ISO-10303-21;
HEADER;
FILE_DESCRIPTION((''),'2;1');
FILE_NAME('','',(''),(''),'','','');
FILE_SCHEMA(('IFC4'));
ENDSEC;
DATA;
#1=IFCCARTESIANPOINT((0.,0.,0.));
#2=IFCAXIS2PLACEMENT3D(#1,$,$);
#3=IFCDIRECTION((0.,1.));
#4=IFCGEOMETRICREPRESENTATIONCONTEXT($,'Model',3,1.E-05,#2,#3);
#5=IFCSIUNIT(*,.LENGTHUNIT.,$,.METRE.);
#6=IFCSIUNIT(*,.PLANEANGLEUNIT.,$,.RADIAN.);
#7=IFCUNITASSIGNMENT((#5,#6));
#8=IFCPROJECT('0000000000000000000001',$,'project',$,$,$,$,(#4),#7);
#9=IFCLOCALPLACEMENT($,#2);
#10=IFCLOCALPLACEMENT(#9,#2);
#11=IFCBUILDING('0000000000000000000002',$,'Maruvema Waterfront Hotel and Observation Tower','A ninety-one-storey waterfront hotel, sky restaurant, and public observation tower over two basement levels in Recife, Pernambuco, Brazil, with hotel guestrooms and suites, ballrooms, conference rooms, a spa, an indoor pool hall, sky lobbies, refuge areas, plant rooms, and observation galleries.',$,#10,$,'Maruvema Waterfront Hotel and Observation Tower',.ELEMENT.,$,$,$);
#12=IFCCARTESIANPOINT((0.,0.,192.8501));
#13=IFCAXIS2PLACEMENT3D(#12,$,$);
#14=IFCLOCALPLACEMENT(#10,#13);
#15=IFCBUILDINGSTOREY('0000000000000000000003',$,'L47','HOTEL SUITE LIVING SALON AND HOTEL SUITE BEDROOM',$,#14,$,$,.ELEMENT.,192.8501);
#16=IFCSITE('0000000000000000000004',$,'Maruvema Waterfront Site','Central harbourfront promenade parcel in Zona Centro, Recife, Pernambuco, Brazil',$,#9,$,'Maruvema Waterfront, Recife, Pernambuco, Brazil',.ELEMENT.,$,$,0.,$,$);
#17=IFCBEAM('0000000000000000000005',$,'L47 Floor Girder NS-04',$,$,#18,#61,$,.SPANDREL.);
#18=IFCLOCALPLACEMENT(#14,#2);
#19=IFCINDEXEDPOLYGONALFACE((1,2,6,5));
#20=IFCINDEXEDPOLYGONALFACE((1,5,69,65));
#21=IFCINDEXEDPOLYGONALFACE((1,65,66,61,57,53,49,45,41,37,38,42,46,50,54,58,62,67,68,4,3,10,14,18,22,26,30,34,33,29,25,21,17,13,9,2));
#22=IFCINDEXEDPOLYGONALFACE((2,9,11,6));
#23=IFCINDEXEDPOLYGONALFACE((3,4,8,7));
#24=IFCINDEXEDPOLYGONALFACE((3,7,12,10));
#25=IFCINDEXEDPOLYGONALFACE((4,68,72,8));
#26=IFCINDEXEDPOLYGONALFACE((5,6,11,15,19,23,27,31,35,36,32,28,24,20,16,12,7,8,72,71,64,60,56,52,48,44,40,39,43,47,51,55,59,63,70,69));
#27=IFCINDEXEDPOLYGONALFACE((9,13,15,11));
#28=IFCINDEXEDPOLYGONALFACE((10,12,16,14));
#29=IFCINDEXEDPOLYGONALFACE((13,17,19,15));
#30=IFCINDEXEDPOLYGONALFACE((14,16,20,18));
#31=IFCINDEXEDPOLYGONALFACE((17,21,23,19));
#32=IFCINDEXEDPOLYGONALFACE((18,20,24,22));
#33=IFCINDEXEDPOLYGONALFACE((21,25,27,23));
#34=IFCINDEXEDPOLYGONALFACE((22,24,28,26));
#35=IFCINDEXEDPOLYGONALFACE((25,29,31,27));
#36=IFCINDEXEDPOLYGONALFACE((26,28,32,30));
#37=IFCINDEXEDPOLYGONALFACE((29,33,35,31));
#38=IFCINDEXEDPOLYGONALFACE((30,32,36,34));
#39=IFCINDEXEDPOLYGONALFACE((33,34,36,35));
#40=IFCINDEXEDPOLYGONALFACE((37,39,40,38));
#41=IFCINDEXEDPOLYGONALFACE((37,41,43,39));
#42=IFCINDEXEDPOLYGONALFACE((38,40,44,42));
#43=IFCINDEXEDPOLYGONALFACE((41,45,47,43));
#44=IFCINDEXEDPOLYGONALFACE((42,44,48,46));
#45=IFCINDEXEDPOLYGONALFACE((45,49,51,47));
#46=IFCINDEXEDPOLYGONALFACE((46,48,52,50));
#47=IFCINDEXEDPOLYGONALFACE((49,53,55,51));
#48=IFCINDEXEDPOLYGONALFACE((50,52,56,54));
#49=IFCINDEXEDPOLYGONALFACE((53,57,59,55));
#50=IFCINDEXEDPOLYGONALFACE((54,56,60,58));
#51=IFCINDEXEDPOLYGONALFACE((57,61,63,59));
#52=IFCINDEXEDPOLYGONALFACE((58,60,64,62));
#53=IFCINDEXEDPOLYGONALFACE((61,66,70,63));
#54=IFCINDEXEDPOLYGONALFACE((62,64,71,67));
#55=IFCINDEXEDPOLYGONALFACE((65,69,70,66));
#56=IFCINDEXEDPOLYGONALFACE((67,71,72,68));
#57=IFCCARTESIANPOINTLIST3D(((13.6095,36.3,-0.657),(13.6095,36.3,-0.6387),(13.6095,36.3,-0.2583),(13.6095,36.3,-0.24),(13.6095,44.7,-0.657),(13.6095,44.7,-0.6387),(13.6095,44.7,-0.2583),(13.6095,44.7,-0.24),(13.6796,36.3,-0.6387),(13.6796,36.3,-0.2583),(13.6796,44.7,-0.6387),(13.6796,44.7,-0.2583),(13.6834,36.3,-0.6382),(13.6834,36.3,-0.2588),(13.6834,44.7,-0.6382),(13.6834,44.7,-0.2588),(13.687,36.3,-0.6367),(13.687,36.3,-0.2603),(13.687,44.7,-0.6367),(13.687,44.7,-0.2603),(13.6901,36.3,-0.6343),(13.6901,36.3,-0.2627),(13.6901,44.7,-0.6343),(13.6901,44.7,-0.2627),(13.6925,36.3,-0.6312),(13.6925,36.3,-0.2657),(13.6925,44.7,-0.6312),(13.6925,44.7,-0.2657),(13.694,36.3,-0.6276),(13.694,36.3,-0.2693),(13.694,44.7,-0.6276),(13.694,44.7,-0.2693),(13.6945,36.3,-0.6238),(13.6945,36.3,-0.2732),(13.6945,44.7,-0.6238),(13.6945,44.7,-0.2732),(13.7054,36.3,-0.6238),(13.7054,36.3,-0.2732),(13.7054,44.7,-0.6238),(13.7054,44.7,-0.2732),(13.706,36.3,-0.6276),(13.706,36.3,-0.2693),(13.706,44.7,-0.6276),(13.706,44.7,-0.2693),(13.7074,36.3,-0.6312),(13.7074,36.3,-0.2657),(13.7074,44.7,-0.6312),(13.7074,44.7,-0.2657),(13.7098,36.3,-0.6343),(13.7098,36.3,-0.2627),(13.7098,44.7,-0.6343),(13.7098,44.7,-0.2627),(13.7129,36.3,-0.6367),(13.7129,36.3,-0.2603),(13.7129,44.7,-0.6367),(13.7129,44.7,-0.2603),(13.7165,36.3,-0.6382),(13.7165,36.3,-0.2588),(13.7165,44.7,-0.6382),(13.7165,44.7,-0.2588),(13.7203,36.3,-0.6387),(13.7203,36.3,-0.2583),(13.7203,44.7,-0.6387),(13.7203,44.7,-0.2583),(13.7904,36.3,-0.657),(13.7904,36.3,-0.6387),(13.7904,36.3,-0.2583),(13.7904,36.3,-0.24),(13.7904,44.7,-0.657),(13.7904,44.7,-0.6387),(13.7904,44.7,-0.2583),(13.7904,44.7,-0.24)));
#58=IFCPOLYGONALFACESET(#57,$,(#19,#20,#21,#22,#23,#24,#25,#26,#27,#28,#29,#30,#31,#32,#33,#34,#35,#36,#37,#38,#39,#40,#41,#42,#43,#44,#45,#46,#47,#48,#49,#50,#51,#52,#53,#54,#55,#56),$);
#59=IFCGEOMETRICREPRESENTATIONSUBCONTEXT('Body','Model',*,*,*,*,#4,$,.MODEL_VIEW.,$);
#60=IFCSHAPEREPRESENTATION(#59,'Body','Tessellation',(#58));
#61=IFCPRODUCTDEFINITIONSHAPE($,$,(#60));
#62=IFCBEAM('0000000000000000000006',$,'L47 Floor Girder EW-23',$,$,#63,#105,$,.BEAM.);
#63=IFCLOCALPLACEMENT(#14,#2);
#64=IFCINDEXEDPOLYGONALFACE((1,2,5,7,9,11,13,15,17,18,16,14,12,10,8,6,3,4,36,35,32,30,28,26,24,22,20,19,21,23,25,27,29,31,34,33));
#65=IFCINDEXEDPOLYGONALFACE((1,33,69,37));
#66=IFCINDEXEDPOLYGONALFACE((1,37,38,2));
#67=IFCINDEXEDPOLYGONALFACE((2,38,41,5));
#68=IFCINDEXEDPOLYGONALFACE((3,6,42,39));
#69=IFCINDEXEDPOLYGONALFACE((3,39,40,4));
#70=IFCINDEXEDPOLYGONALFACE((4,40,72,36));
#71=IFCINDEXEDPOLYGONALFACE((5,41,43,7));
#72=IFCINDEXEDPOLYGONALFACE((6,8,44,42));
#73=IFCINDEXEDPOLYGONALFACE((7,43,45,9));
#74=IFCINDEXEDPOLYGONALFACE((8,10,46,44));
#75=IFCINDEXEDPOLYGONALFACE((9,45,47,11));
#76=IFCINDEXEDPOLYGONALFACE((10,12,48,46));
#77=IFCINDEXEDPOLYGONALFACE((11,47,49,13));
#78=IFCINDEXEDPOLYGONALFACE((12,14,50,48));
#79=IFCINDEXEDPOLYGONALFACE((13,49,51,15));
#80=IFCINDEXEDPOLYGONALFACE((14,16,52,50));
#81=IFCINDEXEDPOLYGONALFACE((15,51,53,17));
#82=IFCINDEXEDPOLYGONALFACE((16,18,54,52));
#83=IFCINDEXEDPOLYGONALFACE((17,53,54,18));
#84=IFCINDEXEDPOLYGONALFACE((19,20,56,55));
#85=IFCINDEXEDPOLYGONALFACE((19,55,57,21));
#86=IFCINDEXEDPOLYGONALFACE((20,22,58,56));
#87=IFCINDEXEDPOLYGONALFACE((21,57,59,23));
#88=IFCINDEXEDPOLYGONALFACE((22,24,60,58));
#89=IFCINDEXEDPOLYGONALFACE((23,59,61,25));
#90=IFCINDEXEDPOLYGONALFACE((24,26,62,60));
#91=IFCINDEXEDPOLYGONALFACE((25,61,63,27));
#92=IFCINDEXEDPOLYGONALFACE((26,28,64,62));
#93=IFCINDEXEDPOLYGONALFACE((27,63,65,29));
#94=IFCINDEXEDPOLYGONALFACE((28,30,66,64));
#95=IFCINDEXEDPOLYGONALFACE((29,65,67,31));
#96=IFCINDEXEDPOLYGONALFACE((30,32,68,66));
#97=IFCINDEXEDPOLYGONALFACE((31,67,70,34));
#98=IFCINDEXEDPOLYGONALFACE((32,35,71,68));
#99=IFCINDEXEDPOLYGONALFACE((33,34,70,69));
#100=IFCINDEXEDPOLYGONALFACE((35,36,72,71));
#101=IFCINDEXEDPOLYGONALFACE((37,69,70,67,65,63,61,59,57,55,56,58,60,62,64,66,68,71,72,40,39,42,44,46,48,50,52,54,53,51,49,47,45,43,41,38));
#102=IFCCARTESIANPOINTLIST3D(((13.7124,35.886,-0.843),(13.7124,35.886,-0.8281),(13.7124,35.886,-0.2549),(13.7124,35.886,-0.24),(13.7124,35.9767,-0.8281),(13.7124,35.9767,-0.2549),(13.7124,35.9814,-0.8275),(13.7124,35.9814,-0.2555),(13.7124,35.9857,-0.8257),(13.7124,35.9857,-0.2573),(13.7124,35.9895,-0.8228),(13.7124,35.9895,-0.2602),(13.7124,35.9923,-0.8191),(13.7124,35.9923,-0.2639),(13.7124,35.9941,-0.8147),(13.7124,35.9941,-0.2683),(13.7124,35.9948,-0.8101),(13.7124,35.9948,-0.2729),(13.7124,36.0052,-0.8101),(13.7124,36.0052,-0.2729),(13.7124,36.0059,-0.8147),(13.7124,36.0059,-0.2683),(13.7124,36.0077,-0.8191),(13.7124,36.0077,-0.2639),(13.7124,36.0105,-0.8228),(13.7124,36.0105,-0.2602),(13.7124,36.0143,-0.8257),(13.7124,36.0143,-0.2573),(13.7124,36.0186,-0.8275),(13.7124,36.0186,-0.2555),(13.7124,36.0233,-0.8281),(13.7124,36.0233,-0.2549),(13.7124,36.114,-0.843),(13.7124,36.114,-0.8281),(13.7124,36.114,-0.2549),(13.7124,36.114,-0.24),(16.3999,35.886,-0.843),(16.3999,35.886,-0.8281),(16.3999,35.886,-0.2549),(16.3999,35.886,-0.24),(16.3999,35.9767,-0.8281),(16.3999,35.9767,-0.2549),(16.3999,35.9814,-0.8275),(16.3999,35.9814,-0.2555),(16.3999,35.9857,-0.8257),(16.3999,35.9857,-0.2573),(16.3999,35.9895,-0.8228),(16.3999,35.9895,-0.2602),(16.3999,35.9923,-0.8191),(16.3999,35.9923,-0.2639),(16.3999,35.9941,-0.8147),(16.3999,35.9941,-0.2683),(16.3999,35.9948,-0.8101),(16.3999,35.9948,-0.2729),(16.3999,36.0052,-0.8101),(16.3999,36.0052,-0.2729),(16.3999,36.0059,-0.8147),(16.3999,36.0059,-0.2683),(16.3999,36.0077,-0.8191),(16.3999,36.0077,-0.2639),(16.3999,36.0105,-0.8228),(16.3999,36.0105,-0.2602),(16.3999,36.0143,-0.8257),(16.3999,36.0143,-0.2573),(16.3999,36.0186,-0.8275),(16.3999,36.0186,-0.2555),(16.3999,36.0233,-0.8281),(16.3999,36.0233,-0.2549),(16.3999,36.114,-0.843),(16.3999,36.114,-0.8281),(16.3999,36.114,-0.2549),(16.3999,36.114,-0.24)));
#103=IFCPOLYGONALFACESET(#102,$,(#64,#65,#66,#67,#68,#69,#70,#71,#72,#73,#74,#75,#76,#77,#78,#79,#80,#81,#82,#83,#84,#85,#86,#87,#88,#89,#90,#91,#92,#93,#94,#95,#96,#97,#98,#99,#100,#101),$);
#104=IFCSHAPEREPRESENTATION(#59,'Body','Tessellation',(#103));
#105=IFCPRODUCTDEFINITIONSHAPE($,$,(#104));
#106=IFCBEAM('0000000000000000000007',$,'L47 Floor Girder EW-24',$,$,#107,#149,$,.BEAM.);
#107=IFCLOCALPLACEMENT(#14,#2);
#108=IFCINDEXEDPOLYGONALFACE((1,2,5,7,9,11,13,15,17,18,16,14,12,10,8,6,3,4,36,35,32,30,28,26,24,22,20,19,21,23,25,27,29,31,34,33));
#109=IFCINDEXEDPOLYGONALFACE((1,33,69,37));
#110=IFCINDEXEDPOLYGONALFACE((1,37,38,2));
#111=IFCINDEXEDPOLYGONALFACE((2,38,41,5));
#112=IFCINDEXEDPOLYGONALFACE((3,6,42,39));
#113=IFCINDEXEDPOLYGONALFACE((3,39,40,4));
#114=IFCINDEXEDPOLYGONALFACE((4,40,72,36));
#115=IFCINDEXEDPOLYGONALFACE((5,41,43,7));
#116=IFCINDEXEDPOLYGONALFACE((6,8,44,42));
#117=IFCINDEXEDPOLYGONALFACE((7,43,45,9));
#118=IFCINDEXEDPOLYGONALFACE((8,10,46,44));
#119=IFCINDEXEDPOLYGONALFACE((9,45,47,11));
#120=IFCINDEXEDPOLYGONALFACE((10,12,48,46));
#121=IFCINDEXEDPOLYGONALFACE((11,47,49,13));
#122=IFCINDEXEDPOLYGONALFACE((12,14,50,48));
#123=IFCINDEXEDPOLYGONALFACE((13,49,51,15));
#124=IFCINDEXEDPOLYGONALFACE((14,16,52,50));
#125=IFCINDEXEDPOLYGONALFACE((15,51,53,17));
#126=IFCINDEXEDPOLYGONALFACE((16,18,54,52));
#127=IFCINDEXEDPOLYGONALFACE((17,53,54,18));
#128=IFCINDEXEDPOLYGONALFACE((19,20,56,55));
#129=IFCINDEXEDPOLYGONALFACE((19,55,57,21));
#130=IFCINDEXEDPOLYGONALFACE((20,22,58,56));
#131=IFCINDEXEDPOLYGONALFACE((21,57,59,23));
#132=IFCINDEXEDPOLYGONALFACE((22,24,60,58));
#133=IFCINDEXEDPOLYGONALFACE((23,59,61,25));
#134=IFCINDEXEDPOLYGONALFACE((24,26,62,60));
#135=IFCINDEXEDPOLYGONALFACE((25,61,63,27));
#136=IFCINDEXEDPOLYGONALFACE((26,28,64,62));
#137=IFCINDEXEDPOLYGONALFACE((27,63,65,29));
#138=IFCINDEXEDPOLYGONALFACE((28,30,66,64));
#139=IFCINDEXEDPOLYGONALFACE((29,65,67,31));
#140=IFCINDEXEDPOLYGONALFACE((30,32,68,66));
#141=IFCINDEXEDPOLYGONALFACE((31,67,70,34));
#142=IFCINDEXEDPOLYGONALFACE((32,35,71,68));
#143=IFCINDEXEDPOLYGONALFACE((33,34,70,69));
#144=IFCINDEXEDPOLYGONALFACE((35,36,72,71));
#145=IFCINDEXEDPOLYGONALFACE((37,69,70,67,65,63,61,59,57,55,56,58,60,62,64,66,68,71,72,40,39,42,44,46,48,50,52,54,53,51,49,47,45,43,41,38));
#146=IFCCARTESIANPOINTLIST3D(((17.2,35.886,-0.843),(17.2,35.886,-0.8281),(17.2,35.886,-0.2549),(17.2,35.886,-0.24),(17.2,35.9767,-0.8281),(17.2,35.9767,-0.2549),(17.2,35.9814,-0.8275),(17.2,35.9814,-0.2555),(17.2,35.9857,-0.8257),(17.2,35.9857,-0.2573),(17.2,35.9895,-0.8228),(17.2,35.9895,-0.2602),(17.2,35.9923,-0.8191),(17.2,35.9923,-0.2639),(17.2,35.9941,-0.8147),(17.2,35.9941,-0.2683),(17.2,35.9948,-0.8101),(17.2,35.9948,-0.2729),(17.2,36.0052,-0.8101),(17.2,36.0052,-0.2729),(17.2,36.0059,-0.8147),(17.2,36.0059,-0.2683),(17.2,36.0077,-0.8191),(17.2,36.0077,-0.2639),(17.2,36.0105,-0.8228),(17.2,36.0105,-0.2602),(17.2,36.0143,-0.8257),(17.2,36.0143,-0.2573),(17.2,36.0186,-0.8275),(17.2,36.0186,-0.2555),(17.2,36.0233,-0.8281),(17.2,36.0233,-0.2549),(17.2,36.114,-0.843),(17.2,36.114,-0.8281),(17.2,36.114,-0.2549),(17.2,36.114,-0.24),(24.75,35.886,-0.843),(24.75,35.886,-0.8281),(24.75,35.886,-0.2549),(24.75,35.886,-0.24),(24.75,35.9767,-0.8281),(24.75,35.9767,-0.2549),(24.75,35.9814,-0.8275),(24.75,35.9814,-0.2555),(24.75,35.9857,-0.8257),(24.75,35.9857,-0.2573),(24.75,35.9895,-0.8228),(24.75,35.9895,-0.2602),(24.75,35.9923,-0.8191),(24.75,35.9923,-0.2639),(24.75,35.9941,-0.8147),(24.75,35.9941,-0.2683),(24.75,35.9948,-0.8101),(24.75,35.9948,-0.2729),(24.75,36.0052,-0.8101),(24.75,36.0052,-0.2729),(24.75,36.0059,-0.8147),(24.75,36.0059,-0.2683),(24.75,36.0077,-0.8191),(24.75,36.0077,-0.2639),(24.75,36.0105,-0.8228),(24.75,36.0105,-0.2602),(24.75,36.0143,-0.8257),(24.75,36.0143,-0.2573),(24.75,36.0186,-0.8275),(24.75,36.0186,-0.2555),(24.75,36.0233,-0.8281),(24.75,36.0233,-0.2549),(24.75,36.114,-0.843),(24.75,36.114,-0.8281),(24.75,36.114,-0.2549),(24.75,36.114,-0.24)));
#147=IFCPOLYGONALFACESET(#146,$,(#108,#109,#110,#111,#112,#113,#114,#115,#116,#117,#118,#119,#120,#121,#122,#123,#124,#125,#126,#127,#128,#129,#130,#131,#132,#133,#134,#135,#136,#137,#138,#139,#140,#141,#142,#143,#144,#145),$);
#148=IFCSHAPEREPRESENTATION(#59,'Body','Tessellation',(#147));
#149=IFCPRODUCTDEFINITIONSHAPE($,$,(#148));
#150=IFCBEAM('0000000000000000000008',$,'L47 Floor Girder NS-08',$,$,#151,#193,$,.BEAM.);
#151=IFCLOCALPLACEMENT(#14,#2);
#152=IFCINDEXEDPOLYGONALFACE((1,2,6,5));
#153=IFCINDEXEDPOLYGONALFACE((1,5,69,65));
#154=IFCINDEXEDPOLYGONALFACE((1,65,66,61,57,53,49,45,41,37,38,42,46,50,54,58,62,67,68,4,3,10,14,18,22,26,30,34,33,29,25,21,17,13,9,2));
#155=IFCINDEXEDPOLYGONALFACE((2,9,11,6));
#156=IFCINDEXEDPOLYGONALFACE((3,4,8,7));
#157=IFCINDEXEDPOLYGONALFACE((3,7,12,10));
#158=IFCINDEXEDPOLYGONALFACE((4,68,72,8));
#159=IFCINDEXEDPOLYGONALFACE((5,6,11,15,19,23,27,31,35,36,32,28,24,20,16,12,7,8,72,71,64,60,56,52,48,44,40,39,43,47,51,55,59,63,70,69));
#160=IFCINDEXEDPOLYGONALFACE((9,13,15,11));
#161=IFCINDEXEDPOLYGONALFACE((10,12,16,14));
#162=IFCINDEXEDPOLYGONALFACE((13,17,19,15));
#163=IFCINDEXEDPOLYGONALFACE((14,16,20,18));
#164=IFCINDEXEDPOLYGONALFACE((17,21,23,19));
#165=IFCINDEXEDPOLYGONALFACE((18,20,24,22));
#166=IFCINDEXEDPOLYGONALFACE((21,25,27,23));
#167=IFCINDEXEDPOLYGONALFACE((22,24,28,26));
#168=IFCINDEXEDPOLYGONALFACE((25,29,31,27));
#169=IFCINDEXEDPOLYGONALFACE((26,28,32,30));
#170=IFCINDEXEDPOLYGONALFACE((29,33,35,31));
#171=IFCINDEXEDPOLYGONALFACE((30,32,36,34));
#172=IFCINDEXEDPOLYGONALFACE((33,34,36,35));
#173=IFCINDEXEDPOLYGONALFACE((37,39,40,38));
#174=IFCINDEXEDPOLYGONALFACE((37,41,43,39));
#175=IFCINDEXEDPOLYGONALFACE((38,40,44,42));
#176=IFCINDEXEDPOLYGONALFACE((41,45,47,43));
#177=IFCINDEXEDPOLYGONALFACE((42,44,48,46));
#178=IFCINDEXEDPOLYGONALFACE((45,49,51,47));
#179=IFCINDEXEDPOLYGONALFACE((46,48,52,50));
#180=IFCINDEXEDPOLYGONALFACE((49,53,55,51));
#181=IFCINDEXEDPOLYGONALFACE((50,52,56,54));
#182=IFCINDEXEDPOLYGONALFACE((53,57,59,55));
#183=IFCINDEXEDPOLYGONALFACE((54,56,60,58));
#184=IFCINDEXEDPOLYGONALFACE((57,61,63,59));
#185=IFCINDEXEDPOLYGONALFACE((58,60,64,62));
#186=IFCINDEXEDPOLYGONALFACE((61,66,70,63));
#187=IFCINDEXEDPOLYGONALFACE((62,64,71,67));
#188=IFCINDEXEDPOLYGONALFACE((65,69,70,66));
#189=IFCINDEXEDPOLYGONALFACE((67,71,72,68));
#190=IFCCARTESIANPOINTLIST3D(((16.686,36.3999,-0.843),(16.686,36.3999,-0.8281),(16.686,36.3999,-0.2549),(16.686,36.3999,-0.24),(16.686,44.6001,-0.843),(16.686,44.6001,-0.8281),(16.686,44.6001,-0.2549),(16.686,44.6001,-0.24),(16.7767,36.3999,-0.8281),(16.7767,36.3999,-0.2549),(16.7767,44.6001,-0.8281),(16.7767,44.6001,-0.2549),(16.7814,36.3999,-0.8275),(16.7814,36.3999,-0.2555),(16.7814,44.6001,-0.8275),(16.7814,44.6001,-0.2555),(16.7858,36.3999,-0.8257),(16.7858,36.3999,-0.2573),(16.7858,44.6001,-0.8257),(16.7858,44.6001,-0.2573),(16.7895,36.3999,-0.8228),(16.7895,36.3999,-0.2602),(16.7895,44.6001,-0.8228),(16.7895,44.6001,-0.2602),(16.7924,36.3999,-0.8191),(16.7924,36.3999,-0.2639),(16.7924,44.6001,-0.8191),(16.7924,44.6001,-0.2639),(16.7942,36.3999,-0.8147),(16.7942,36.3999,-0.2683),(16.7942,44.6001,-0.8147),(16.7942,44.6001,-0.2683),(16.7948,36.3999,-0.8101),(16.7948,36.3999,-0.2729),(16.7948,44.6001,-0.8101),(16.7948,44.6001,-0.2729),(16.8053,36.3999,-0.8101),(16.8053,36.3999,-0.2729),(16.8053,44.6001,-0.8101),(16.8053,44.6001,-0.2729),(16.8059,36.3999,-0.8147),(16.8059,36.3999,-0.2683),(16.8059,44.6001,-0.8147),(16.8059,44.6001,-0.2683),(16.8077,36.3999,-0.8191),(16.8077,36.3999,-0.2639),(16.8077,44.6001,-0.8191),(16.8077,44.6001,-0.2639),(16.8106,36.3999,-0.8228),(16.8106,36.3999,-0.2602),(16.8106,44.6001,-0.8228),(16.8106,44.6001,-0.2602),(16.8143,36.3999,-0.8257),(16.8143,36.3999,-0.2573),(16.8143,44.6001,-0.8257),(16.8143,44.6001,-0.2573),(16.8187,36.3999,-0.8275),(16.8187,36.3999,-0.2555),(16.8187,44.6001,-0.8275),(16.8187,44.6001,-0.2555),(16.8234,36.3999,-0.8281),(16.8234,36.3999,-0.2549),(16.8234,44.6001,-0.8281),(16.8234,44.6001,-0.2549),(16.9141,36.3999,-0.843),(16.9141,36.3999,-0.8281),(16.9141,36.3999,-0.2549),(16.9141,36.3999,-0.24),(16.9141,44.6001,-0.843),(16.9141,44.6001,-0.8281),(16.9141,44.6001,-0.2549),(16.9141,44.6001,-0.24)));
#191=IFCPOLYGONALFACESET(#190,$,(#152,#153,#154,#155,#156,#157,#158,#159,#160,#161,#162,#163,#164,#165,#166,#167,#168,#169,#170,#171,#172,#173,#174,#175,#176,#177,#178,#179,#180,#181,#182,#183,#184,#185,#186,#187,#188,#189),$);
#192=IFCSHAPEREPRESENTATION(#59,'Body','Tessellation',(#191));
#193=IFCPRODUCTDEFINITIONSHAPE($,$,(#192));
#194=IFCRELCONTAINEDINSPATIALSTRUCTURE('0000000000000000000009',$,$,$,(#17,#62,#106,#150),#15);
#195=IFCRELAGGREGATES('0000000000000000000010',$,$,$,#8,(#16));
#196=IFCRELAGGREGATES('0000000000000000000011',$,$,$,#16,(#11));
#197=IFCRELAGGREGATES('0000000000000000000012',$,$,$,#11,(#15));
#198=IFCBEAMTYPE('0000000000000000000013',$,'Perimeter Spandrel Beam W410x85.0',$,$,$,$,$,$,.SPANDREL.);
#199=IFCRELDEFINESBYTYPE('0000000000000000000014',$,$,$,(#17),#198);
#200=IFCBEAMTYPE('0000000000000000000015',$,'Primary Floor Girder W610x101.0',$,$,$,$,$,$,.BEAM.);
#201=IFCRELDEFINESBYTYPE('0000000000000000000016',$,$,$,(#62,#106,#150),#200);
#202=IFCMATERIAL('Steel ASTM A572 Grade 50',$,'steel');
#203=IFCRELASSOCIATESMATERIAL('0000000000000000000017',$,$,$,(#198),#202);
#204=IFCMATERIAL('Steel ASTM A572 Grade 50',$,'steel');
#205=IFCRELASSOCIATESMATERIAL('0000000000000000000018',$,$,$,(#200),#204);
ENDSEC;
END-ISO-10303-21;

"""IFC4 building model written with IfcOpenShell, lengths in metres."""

from ifc_helpers import new_model, si_unit, direction, frame, origin, origin_2d, place, context, subcontext, project, spatial, i_section, extrude, material, material_profile, profile_set, type_object, element, save


model = new_model("IFC4")

# Units and contexts
model_context = context("Model", 3, precision=1e-05, world=origin(), true_north=direction((0.0, 1.0)))
body_context = subcontext(model_context, "Body", "Model", "MODEL_VIEW")
ifc_project = project(units=[si_unit("LENGTHUNIT", "METRE"), si_unit("PLANEANGLEUNIT", "RADIAN")], contexts=[model_context])

# Site, building, storey
site_placement = place(None, origin())
site = spatial("IfcSite", under=ifc_project, at=site_placement, Name="Maruvema Waterfront Site", Description="Central harbourfront promenade parcel in Zona Centro, Recife, Pernambuco, Brazil", LongName="Maruvema Waterfront, Recife, Pernambuco, Brazil", CompositionType="ELEMENT", RefElevation=0.0)
building_placement = place(site_placement, origin())
building = spatial("IfcBuilding", under=site, at=building_placement, Name="Maruvema Waterfront Hotel and Observation Tower", Description="A ninety-one-storey waterfront hotel, sky restaurant, and public observation tower over two basement levels in Recife, Pernambuco, Brazil, with hotel guestrooms and suites, ballrooms, conference rooms, a spa, an indoor pool hall, sky lobbies, refuge areas, plant rooms, and observation galleries.", LongName="Maruvema Waterfront Hotel and Observation Tower", CompositionType="ELEMENT")
storey_placement = place(building_placement, frame((0.0, 0.0, 192.8501)))
storey = spatial("IfcBuildingStorey", under=building, at=storey_placement, Name="L47", Description="HOTEL SUITE LIVING SALON AND HOTEL SUITE BEDROOM", CompositionType="ELEMENT", Elevation=192.8501)

# Beams
ifc_material_1 = material(Name="Steel ASTM A572 Grade 50", Category="steel")
ifc_material_profile_1 = material_profile(ifc_material_1, i_section(OverallWidth=0.1809, OverallDepth=0.417, WebThickness=0.011, FlangeThickness=0.0183, FilletRadius=0.0149, at=origin_2d()), Name="W410x85.0")
ifc_profile_set_1 = profile_set([ifc_material_profile_1], Name="Steel ASTM A572 Grade 50")
beam_type_1 = type_object("IfcBeamType", Name="Perimeter Spandrel Beam W410x85.0", PredefinedType="SPANDREL", material=ifc_profile_set_1)
beam_1_placement = place(storey_placement, frame((13.7, 36.3, -0.4485), z_axis=(0.0, 1.0, 0.0), x_axis=(-1.0, 0.0, 0.0)))
element("IfcBeam", 1, at=beam_1_placement, inside=storey, type_object=beam_type_1, Name="L47 Floor Girder NS-04", PredefinedType="SPANDREL", context=body_context, shape_type="SweptSolid", body=[
    extrude(i_section(OverallWidth=0.1809, OverallDepth=0.417, WebThickness=0.011, FlangeThickness=0.0183, FilletRadius=0.0149, at=origin_2d()), origin(), (0.0, 0.0, 1.0), 8.3999),
])
ifc_material_2 = material(Name="Steel ASTM A572 Grade 50", Category="steel")
ifc_material_profile_2 = material_profile(ifc_material_2, i_section(OverallWidth=0.228, OverallDepth=0.603, WebThickness=0.0105, FlangeThickness=0.0149, FilletRadius=0.0181, at=origin_2d()), Name="W610x101.0")
ifc_profile_set_2 = profile_set([ifc_material_profile_2], Name="Steel ASTM A572 Grade 50")
beam_type_2 = type_object("IfcBeamType", Name="Primary Floor Girder W610x101.0", PredefinedType="BEAM", material=ifc_profile_set_2)
beam_2_placement = place(storey_placement, frame((13.7124, 36.0, -0.5415), z_axis=(1.0, 0.0, 0.0), x_axis=(0.0, 1.0, 0.0)))
element("IfcBeam", 2, at=beam_2_placement, inside=storey, type_object=beam_type_2, Name="L47 Floor Girder EW-23", PredefinedType="BEAM", context=body_context, shape_type="SweptSolid", body=[
    extrude(i_section(OverallWidth=0.228, OverallDepth=0.603, WebThickness=0.0105, FlangeThickness=0.0149, FilletRadius=0.0181, at=origin_2d()), origin(), (0.0, 0.0, 1.0), 2.6875),
])
beam_3_placement = place(storey_placement, frame((17.2, 36.0, -0.5415), z_axis=(1.0, 0.0, 0.0), x_axis=(0.0, 1.0, 0.0)))
element("IfcBeam", 3, at=beam_3_placement, inside=storey, type_object=beam_type_2, Name="L47 Floor Girder EW-24", PredefinedType="BEAM", context=body_context, shape_type="SweptSolid", body=[
    extrude(i_section(OverallWidth=0.228, OverallDepth=0.603, WebThickness=0.0105, FlangeThickness=0.0149, FilletRadius=0.0181, at=origin_2d()), origin(), (0.0, 0.0, 1.0), 7.55),
])
beam_4_placement = place(storey_placement, frame((16.8, 36.3999, -0.5415), z_axis=(0.0, 1.0, 0.0), x_axis=(-1.0, 0.0, 0.0)))
element("IfcBeam", 4, at=beam_4_placement, inside=storey, type_object=beam_type_2, Name="L47 Floor Girder NS-08", PredefinedType="BEAM", context=body_context, shape_type="SweptSolid", body=[
    extrude(i_section(OverallWidth=0.228, OverallDepth=0.603, WebThickness=0.0105, FlangeThickness=0.0149, FilletRadius=0.0181, at=origin_2d()), origin(), (0.0, 0.0, 1.0), 8.2002),
])

save(model, "model.ifc")
